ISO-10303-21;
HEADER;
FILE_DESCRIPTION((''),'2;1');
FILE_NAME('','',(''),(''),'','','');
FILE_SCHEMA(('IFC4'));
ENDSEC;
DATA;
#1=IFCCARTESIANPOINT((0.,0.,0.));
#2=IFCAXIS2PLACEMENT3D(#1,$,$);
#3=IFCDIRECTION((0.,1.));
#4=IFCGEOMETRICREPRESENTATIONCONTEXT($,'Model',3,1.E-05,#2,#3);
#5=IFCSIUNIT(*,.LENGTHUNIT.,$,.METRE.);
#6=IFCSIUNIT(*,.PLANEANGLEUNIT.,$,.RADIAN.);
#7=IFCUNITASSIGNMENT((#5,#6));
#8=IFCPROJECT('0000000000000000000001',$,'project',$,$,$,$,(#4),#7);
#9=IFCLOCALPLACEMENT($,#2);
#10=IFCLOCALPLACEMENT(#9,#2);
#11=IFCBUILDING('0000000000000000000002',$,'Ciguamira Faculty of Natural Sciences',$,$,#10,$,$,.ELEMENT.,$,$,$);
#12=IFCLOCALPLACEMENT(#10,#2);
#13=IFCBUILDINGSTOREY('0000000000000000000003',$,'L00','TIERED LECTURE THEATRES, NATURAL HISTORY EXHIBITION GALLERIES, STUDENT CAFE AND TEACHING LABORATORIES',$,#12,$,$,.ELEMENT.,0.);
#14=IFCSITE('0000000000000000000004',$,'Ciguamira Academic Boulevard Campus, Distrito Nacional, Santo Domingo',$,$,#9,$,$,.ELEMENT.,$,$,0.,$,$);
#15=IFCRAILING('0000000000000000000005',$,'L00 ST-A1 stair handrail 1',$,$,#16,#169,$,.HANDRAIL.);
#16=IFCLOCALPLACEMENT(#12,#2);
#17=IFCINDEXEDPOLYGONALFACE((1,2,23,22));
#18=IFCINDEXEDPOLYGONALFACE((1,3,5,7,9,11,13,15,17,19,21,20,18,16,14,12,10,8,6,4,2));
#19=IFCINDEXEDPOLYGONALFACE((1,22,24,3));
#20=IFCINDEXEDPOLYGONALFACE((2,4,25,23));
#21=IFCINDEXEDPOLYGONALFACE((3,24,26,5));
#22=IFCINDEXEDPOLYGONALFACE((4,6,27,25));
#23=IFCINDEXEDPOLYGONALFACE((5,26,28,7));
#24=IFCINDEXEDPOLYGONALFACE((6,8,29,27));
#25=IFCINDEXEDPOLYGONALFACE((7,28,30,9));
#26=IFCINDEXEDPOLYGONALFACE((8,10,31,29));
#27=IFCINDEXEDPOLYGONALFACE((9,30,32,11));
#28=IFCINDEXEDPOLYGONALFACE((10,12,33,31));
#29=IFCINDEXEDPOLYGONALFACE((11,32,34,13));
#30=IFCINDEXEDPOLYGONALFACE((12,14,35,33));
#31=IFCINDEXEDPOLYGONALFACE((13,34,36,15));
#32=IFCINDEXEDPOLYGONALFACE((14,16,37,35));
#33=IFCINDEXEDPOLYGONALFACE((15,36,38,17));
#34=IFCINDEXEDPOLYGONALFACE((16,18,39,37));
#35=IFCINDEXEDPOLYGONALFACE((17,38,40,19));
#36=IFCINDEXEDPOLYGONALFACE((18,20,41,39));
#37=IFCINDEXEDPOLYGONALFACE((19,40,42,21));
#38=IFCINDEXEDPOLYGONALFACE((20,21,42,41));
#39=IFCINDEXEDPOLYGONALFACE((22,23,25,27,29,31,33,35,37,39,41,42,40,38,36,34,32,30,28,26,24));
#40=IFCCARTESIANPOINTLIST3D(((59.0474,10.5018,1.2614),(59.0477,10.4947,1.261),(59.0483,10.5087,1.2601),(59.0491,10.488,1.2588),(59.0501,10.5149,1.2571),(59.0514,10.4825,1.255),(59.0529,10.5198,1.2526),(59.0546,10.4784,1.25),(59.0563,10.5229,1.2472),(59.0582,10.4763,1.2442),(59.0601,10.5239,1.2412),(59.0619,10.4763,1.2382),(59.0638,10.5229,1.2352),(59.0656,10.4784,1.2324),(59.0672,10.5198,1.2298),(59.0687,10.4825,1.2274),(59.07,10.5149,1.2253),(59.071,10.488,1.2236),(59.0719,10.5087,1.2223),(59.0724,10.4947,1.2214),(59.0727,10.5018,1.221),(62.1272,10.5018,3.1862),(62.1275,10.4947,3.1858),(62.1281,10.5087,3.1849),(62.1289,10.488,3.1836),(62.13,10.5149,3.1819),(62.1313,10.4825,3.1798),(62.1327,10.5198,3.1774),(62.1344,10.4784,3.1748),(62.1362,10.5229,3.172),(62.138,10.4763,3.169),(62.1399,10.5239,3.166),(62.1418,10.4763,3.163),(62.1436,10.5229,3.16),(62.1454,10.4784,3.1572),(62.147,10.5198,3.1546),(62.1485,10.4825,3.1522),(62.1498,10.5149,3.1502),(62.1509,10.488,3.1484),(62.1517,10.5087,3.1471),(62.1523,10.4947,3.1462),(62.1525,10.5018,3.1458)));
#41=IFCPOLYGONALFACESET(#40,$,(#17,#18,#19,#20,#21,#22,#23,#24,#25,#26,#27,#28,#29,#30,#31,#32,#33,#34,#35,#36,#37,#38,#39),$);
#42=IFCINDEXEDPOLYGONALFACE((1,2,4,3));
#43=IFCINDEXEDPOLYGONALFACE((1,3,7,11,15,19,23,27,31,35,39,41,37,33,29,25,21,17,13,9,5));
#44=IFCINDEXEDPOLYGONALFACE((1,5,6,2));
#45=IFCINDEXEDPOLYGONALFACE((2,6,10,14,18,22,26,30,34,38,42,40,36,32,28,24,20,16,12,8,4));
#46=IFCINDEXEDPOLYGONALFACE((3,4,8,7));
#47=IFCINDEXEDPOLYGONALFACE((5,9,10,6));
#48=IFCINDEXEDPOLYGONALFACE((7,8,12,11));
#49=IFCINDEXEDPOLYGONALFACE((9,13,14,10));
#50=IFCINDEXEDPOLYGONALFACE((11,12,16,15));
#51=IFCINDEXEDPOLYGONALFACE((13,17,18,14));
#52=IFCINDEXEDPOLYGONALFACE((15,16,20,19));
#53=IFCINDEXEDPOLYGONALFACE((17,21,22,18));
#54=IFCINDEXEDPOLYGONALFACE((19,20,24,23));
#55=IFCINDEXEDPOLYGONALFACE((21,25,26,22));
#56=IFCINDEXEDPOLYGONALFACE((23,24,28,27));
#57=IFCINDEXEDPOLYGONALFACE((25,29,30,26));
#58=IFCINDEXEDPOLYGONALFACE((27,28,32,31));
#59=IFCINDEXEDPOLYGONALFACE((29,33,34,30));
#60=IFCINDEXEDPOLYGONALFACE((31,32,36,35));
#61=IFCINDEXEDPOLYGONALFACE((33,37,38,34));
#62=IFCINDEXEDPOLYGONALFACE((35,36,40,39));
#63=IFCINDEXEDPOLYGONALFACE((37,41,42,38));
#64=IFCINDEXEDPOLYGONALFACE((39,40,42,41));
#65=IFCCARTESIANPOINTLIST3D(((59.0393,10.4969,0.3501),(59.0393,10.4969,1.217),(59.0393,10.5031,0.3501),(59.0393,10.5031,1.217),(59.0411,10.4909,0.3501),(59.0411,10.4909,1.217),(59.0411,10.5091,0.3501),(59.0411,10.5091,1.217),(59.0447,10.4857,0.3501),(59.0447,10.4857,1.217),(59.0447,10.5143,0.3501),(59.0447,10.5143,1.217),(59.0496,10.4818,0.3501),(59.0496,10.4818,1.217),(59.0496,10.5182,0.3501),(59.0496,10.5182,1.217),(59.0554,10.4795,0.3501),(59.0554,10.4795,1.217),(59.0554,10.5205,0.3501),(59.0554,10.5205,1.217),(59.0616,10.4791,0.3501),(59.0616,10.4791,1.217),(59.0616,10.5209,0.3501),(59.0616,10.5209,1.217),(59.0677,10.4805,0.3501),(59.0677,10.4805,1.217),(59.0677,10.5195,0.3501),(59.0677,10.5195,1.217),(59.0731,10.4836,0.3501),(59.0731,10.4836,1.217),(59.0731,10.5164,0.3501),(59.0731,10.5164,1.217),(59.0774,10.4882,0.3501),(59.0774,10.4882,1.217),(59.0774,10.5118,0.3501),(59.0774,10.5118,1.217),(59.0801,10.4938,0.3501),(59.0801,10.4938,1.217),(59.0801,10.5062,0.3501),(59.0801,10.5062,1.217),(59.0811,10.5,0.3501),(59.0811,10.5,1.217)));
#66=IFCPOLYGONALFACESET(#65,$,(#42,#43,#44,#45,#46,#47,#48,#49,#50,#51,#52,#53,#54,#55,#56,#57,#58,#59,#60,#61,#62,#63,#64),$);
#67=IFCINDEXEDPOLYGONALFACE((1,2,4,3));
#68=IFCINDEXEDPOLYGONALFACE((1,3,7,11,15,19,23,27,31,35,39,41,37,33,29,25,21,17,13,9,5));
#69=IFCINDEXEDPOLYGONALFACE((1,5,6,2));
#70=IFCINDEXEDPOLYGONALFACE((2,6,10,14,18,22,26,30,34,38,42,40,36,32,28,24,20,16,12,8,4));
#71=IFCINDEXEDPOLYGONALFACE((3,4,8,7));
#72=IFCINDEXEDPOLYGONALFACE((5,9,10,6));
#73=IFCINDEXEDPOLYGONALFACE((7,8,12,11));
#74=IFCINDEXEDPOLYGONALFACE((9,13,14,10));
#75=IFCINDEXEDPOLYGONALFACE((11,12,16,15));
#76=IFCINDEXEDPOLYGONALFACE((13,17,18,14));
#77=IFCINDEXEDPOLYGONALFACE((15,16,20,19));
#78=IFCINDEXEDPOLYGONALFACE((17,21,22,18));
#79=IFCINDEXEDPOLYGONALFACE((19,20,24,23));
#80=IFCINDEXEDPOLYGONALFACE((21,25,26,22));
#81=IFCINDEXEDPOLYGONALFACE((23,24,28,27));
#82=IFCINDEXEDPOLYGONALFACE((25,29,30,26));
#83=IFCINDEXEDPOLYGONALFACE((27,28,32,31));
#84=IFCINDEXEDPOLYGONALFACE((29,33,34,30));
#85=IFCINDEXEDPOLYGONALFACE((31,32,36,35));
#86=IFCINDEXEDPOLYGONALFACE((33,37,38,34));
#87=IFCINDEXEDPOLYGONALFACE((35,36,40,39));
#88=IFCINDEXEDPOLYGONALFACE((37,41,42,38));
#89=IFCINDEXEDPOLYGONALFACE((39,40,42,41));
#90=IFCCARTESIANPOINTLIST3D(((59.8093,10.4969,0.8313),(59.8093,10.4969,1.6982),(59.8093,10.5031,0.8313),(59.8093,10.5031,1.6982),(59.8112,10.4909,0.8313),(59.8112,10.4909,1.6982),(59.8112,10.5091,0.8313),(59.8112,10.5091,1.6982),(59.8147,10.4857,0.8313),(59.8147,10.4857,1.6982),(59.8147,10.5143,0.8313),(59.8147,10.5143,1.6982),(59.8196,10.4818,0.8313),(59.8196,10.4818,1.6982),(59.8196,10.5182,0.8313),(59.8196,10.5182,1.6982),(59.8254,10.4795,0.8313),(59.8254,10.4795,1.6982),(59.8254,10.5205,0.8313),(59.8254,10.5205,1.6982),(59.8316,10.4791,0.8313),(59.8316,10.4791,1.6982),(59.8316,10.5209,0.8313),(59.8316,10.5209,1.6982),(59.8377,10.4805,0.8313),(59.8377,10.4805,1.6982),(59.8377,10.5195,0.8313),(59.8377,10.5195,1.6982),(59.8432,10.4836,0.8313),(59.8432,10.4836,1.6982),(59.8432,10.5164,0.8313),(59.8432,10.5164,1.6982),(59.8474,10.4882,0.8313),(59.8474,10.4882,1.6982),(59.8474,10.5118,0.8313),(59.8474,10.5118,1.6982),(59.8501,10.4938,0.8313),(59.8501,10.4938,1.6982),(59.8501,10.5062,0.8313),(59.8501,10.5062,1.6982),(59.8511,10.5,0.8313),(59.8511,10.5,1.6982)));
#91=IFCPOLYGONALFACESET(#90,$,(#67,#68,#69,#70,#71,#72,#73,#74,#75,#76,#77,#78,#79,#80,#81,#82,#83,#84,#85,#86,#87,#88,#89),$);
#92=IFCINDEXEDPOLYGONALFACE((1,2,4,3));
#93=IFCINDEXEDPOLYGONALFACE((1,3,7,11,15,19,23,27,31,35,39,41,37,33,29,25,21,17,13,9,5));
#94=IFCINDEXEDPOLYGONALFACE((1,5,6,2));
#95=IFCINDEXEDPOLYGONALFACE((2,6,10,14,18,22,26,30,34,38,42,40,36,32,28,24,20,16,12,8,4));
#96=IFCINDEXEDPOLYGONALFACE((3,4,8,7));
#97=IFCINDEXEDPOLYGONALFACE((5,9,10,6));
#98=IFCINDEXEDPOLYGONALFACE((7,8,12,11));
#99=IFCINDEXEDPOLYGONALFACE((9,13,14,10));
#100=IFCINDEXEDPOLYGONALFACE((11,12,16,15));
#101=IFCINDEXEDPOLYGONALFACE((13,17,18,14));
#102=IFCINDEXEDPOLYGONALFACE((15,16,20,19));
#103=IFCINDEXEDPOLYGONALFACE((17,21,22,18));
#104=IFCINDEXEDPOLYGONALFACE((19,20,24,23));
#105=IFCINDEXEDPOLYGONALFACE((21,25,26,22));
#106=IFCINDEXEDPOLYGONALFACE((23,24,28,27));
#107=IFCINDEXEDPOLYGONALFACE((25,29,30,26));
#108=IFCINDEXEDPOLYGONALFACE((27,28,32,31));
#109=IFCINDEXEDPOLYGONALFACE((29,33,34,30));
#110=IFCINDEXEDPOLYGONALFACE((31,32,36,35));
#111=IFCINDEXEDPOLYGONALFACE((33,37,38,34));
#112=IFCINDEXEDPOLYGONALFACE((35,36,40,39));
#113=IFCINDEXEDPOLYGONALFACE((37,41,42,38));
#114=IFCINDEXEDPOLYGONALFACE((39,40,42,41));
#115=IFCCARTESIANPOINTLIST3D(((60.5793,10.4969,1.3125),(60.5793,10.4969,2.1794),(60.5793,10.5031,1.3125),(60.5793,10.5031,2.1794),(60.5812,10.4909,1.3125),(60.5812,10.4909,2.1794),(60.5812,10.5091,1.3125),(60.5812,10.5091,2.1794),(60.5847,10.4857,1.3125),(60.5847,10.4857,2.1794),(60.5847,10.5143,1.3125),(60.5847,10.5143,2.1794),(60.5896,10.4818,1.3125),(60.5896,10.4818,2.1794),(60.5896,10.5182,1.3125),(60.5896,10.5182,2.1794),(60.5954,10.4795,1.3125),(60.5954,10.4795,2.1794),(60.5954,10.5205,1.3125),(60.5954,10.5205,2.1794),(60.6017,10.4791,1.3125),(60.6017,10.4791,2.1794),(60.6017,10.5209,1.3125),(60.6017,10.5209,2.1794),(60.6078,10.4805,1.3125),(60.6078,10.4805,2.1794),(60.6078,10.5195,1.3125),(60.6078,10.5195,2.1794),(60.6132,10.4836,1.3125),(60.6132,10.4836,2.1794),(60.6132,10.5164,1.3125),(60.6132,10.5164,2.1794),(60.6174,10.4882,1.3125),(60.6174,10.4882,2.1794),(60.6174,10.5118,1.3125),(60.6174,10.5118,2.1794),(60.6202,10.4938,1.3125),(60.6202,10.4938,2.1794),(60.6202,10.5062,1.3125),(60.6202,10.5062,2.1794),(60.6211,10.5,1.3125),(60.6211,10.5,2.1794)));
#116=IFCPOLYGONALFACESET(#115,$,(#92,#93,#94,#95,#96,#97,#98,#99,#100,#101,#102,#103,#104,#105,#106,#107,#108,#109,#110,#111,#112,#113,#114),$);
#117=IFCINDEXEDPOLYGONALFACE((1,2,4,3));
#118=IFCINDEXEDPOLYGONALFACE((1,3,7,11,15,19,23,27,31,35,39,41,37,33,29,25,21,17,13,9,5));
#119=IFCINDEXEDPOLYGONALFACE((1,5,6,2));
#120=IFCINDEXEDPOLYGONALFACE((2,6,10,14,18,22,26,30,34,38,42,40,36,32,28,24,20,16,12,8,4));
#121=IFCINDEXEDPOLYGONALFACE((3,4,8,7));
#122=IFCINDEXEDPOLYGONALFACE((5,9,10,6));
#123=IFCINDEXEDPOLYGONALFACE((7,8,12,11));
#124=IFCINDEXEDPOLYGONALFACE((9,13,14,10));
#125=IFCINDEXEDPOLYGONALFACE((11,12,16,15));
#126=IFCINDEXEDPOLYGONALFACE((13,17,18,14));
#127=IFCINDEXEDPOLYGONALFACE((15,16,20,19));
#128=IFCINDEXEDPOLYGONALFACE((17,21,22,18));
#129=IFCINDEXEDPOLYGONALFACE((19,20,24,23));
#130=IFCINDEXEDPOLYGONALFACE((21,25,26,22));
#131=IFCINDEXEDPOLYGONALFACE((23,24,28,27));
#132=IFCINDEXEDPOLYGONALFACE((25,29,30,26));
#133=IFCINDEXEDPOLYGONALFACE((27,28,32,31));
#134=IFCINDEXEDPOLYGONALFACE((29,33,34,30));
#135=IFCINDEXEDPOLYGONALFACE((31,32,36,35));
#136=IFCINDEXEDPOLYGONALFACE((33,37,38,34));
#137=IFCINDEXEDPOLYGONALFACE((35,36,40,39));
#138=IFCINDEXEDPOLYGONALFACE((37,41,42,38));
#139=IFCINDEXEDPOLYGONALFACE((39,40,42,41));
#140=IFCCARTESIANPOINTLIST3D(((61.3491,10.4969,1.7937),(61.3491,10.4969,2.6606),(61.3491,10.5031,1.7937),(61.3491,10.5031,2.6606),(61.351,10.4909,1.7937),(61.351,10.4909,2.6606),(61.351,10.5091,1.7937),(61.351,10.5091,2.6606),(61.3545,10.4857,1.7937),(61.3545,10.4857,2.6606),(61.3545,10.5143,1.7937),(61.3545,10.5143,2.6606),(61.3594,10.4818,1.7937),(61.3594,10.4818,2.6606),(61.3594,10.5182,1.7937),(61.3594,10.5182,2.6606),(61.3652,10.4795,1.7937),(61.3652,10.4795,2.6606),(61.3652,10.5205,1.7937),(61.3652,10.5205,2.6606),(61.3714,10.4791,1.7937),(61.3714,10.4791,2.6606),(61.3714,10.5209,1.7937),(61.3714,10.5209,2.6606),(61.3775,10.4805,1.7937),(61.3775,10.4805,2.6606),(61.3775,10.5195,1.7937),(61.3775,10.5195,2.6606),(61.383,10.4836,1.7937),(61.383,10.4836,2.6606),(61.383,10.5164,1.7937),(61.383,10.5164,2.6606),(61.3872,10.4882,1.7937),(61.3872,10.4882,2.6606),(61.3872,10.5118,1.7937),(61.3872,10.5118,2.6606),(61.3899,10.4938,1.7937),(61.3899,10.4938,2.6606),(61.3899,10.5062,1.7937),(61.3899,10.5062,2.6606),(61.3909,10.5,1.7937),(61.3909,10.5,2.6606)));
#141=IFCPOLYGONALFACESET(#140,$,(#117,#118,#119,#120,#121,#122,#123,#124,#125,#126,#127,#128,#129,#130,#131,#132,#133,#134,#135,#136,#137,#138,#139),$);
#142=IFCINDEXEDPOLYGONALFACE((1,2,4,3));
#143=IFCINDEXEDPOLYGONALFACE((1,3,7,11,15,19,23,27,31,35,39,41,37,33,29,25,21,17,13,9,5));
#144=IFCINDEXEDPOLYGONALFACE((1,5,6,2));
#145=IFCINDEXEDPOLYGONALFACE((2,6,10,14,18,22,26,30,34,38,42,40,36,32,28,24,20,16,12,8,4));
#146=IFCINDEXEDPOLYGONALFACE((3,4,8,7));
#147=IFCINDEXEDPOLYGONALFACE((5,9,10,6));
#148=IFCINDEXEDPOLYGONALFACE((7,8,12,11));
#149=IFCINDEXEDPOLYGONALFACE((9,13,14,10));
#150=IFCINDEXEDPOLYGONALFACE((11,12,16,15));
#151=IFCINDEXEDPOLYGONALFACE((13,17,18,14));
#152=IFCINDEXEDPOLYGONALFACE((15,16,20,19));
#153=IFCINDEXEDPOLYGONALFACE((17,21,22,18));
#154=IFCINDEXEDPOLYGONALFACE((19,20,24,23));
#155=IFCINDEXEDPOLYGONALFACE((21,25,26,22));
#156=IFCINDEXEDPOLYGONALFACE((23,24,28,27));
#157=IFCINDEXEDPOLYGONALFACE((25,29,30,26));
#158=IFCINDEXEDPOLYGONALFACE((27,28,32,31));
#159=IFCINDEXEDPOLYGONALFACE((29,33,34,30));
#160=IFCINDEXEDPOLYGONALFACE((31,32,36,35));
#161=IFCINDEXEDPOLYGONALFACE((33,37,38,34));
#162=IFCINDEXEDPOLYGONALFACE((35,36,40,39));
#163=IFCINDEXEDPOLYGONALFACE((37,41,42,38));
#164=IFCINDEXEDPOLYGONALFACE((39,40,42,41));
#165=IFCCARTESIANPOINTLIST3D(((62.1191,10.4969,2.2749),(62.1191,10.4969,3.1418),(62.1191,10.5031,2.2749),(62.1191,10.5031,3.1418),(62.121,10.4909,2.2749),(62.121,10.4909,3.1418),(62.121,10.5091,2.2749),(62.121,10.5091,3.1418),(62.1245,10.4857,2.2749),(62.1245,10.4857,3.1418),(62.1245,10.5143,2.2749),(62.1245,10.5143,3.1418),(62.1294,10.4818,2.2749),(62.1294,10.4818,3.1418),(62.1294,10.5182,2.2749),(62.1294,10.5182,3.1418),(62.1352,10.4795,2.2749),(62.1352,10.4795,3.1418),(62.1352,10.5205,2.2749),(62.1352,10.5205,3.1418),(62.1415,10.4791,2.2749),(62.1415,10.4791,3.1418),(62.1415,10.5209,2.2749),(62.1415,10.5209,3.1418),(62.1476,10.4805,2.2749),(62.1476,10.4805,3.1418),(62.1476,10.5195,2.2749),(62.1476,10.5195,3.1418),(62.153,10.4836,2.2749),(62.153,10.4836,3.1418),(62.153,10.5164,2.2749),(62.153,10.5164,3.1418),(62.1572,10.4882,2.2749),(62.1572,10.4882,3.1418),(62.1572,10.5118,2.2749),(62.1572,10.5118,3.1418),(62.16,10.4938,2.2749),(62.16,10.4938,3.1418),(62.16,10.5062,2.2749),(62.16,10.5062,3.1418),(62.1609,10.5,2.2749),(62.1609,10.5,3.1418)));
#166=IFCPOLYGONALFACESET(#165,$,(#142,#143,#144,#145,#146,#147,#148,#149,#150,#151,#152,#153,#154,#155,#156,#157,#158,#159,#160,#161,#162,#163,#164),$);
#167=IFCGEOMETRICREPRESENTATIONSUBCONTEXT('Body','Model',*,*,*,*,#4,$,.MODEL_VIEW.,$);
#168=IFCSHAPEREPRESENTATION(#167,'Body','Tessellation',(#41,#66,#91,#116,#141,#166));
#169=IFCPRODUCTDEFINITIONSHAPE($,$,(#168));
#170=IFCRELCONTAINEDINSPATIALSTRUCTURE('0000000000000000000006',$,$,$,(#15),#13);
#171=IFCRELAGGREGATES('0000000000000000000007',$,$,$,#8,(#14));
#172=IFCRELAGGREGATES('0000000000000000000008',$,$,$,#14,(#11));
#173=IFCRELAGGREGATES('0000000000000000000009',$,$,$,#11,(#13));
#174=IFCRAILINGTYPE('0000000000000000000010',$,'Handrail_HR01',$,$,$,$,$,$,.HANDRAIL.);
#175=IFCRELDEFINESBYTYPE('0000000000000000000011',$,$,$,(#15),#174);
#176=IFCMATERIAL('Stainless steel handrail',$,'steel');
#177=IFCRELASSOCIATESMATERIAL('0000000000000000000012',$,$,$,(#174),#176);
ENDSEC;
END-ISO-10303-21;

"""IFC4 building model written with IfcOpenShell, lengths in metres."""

from ifc_helpers import new_model, si_unit, direction, frame, origin, origin_2d, place, context, subcontext, project, spatial, circle, extrude, material, type_object, element, save


model = new_model("IFC4")

# Units and contexts
model_context = context("Model", 3, precision=1e-05, world=origin(), true_north=direction((0.0, 1.0)))
body_context = subcontext(model_context, "Body", "Model", "MODEL_VIEW")
ifc_project = project(units=[si_unit("LENGTHUNIT", "METRE"), si_unit("PLANEANGLEUNIT", "RADIAN")], contexts=[model_context])

# Site, building, storey
site_placement = place(None, origin())
site = spatial("IfcSite", under=ifc_project, at=site_placement, Name="Ciguamira Academic Boulevard Campus, Distrito Nacional, Santo Domingo", CompositionType="ELEMENT", RefElevation=0.0)
building_placement = place(site_placement, origin())
building = spatial("IfcBuilding", under=site, at=building_placement, Name="Ciguamira Faculty of Natural Sciences", CompositionType="ELEMENT")
storey_placement = place(building_placement, origin())
storey = spatial("IfcBuildingStorey", under=building, at=storey_placement, Name="L00", Description="TIERED LECTURE THEATRES, NATURAL HISTORY EXHIBITION GALLERIES, STUDENT CAFE AND TEACHING LABORATORIES", CompositionType="ELEMENT", Elevation=0.0)

# Railing
ifc_material_1 = material(Name="Stainless steel handrail", Category="steel")
railing_type_1 = type_object("IfcRailingType", Name="Handrail_HR01", PredefinedType="HANDRAIL", material=ifc_material_1)
railing_1_placement = place(storey_placement, frame((59.0601, 10.5, 0.3501)))
element("IfcRailing", 1, at=railing_1_placement, inside=storey, type_object=railing_type_1, Name="L00 ST-A1 stair handrail 1", PredefinedType="HANDRAIL", context=body_context, shape_type="SweptSolid", body=[
    extrude(circle(Radius=0.0239, at=origin_2d()), frame((0.0, 0.0, 0.8911), z_axis=(0.84801, 0.0, 0.529981), x_axis=(0.0, 1.0, 0.0)), (0.0, 0.0, 1.0), 3.6318),
    extrude(circle(Radius=0.021, at=origin_2d()), origin(), (0.0, 0.0, 1.0), 0.8669),
    extrude(circle(Radius=0.021, at=origin_2d()), frame((0.77, 0.0, 0.4812)), (0.0, 0.0, 1.0), 0.8669),
    extrude(circle(Radius=0.021, at=origin_2d()), frame((1.54, 0.0, 0.9624)), (0.0, 0.0, 1.0), 0.8669),
    extrude(circle(Radius=0.021, at=origin_2d()), frame((2.3098, 0.0, 1.4436)), (0.0, 0.0, 1.0), 0.8669),
    extrude(circle(Radius=0.021, at=origin_2d()), frame((3.0798, 0.0, 1.9248)), (0.0, 0.0, 1.0), 0.8669),
])

save(model, "model.ifc")
